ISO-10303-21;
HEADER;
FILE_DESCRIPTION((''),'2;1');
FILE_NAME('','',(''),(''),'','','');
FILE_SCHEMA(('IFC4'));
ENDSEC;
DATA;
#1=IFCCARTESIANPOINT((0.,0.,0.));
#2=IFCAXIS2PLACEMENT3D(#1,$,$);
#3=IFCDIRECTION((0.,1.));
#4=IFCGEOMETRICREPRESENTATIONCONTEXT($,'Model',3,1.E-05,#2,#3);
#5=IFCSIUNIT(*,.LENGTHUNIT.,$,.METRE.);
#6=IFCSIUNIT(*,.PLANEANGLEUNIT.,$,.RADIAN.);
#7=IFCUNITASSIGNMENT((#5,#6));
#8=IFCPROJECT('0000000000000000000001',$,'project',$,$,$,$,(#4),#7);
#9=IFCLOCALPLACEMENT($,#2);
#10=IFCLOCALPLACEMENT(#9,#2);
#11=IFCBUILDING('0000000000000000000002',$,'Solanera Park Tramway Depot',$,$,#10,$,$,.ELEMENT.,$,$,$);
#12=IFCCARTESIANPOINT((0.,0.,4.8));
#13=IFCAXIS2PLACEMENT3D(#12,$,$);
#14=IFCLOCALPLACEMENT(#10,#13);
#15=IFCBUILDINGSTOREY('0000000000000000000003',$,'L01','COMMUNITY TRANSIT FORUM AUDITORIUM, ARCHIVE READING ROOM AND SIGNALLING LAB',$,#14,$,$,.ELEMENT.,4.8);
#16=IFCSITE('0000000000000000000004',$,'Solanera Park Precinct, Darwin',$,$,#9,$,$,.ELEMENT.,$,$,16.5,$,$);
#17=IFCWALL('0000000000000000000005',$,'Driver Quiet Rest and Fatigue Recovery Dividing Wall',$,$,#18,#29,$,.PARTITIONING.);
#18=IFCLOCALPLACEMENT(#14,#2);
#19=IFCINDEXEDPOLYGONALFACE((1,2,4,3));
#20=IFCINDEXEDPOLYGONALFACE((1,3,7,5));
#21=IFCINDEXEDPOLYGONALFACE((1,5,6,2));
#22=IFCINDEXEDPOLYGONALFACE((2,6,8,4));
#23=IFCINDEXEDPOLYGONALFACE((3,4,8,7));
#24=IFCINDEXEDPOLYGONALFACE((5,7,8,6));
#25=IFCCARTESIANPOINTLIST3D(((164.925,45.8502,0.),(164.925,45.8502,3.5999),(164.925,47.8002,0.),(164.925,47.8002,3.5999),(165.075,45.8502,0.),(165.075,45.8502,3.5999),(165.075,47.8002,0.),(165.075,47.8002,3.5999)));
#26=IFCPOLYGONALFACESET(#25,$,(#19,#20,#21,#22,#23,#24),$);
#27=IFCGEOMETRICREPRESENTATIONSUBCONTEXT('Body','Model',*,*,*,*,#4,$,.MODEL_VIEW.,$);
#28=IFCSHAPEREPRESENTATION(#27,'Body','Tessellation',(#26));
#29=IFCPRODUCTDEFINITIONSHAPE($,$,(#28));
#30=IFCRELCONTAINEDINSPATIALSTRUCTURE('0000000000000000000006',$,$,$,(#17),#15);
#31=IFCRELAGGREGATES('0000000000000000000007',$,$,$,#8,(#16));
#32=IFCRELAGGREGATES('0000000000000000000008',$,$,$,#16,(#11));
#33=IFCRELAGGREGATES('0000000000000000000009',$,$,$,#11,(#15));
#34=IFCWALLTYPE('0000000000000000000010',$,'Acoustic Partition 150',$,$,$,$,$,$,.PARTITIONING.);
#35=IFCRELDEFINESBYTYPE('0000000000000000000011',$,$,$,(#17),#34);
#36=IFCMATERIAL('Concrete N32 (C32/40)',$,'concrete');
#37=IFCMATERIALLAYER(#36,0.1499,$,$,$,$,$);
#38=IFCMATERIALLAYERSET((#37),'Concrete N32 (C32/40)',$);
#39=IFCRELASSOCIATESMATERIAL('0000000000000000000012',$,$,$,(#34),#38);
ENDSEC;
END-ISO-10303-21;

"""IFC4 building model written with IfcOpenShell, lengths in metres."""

from ifc_helpers import new_model, si_unit, direction, frame, frame_2d, origin, place, context, subcontext, project, spatial, rectangle, extrude, material, layer, layer_set, type_object, element, save


model = new_model("IFC4")

# Units and contexts
model_context = context("Model", 3, precision=1e-05, world=origin(), true_north=direction((0.0, 1.0)))
body_context = subcontext(model_context, "Body", "Model", "MODEL_VIEW")
ifc_project = project(units=[si_unit("LENGTHUNIT", "METRE"), si_unit("PLANEANGLEUNIT", "RADIAN")], contexts=[model_context])

# Site, building, storey
site_placement = place(None, origin())
site = spatial("IfcSite", under=ifc_project, at=site_placement, Name="Solanera Park Precinct, Darwin", CompositionType="ELEMENT", RefElevation=16.5)
building_placement = place(site_placement, origin())
building = spatial("IfcBuilding", under=site, at=building_placement, Name="Solanera Park Tramway Depot", CompositionType="ELEMENT")
storey_placement = place(building_placement, frame((0.0, 0.0, 4.8)))
storey = spatial("IfcBuildingStorey", under=building, at=storey_placement, Name="L01", Description="COMMUNITY TRANSIT FORUM AUDITORIUM, ARCHIVE READING ROOM AND SIGNALLING LAB", CompositionType="ELEMENT", Elevation=4.8)

# Wall
ifc_material_1 = material(Name="Concrete N32 (C32/40)", Category="concrete")
ifc_layer_1 = layer(ifc_material_1, 0.1499)
ifc_layer_set_1 = layer_set([ifc_layer_1], Name="Concrete N32 (C32/40)")
wall_type = type_object("IfcWallType", Name="Acoustic Partition 150", PredefinedType="PARTITIONING", material=ifc_layer_set_1)
wall_1_placement = place(storey_placement, frame((165.0, 45.8501, 0.0), z_axis=(0.0, 0.0, 1.0), x_axis=(0.0, 1.0, 0.0)))
element("IfcWall", 1, at=wall_1_placement, inside=storey, type_object=wall_type, Name="Driver Quiet Rest and Fatigue Recovery Dividing Wall", PredefinedType="PARTITIONING", context=body_context, shape_type="SweptSolid", body=[
    extrude(rectangle(XDim=1.95, YDim=0.1499, at=frame_2d((0.9751, 0.0))), origin(), (0.0, 0.0, 1.0), 3.5999),
])

save(model, "model.ifc")
